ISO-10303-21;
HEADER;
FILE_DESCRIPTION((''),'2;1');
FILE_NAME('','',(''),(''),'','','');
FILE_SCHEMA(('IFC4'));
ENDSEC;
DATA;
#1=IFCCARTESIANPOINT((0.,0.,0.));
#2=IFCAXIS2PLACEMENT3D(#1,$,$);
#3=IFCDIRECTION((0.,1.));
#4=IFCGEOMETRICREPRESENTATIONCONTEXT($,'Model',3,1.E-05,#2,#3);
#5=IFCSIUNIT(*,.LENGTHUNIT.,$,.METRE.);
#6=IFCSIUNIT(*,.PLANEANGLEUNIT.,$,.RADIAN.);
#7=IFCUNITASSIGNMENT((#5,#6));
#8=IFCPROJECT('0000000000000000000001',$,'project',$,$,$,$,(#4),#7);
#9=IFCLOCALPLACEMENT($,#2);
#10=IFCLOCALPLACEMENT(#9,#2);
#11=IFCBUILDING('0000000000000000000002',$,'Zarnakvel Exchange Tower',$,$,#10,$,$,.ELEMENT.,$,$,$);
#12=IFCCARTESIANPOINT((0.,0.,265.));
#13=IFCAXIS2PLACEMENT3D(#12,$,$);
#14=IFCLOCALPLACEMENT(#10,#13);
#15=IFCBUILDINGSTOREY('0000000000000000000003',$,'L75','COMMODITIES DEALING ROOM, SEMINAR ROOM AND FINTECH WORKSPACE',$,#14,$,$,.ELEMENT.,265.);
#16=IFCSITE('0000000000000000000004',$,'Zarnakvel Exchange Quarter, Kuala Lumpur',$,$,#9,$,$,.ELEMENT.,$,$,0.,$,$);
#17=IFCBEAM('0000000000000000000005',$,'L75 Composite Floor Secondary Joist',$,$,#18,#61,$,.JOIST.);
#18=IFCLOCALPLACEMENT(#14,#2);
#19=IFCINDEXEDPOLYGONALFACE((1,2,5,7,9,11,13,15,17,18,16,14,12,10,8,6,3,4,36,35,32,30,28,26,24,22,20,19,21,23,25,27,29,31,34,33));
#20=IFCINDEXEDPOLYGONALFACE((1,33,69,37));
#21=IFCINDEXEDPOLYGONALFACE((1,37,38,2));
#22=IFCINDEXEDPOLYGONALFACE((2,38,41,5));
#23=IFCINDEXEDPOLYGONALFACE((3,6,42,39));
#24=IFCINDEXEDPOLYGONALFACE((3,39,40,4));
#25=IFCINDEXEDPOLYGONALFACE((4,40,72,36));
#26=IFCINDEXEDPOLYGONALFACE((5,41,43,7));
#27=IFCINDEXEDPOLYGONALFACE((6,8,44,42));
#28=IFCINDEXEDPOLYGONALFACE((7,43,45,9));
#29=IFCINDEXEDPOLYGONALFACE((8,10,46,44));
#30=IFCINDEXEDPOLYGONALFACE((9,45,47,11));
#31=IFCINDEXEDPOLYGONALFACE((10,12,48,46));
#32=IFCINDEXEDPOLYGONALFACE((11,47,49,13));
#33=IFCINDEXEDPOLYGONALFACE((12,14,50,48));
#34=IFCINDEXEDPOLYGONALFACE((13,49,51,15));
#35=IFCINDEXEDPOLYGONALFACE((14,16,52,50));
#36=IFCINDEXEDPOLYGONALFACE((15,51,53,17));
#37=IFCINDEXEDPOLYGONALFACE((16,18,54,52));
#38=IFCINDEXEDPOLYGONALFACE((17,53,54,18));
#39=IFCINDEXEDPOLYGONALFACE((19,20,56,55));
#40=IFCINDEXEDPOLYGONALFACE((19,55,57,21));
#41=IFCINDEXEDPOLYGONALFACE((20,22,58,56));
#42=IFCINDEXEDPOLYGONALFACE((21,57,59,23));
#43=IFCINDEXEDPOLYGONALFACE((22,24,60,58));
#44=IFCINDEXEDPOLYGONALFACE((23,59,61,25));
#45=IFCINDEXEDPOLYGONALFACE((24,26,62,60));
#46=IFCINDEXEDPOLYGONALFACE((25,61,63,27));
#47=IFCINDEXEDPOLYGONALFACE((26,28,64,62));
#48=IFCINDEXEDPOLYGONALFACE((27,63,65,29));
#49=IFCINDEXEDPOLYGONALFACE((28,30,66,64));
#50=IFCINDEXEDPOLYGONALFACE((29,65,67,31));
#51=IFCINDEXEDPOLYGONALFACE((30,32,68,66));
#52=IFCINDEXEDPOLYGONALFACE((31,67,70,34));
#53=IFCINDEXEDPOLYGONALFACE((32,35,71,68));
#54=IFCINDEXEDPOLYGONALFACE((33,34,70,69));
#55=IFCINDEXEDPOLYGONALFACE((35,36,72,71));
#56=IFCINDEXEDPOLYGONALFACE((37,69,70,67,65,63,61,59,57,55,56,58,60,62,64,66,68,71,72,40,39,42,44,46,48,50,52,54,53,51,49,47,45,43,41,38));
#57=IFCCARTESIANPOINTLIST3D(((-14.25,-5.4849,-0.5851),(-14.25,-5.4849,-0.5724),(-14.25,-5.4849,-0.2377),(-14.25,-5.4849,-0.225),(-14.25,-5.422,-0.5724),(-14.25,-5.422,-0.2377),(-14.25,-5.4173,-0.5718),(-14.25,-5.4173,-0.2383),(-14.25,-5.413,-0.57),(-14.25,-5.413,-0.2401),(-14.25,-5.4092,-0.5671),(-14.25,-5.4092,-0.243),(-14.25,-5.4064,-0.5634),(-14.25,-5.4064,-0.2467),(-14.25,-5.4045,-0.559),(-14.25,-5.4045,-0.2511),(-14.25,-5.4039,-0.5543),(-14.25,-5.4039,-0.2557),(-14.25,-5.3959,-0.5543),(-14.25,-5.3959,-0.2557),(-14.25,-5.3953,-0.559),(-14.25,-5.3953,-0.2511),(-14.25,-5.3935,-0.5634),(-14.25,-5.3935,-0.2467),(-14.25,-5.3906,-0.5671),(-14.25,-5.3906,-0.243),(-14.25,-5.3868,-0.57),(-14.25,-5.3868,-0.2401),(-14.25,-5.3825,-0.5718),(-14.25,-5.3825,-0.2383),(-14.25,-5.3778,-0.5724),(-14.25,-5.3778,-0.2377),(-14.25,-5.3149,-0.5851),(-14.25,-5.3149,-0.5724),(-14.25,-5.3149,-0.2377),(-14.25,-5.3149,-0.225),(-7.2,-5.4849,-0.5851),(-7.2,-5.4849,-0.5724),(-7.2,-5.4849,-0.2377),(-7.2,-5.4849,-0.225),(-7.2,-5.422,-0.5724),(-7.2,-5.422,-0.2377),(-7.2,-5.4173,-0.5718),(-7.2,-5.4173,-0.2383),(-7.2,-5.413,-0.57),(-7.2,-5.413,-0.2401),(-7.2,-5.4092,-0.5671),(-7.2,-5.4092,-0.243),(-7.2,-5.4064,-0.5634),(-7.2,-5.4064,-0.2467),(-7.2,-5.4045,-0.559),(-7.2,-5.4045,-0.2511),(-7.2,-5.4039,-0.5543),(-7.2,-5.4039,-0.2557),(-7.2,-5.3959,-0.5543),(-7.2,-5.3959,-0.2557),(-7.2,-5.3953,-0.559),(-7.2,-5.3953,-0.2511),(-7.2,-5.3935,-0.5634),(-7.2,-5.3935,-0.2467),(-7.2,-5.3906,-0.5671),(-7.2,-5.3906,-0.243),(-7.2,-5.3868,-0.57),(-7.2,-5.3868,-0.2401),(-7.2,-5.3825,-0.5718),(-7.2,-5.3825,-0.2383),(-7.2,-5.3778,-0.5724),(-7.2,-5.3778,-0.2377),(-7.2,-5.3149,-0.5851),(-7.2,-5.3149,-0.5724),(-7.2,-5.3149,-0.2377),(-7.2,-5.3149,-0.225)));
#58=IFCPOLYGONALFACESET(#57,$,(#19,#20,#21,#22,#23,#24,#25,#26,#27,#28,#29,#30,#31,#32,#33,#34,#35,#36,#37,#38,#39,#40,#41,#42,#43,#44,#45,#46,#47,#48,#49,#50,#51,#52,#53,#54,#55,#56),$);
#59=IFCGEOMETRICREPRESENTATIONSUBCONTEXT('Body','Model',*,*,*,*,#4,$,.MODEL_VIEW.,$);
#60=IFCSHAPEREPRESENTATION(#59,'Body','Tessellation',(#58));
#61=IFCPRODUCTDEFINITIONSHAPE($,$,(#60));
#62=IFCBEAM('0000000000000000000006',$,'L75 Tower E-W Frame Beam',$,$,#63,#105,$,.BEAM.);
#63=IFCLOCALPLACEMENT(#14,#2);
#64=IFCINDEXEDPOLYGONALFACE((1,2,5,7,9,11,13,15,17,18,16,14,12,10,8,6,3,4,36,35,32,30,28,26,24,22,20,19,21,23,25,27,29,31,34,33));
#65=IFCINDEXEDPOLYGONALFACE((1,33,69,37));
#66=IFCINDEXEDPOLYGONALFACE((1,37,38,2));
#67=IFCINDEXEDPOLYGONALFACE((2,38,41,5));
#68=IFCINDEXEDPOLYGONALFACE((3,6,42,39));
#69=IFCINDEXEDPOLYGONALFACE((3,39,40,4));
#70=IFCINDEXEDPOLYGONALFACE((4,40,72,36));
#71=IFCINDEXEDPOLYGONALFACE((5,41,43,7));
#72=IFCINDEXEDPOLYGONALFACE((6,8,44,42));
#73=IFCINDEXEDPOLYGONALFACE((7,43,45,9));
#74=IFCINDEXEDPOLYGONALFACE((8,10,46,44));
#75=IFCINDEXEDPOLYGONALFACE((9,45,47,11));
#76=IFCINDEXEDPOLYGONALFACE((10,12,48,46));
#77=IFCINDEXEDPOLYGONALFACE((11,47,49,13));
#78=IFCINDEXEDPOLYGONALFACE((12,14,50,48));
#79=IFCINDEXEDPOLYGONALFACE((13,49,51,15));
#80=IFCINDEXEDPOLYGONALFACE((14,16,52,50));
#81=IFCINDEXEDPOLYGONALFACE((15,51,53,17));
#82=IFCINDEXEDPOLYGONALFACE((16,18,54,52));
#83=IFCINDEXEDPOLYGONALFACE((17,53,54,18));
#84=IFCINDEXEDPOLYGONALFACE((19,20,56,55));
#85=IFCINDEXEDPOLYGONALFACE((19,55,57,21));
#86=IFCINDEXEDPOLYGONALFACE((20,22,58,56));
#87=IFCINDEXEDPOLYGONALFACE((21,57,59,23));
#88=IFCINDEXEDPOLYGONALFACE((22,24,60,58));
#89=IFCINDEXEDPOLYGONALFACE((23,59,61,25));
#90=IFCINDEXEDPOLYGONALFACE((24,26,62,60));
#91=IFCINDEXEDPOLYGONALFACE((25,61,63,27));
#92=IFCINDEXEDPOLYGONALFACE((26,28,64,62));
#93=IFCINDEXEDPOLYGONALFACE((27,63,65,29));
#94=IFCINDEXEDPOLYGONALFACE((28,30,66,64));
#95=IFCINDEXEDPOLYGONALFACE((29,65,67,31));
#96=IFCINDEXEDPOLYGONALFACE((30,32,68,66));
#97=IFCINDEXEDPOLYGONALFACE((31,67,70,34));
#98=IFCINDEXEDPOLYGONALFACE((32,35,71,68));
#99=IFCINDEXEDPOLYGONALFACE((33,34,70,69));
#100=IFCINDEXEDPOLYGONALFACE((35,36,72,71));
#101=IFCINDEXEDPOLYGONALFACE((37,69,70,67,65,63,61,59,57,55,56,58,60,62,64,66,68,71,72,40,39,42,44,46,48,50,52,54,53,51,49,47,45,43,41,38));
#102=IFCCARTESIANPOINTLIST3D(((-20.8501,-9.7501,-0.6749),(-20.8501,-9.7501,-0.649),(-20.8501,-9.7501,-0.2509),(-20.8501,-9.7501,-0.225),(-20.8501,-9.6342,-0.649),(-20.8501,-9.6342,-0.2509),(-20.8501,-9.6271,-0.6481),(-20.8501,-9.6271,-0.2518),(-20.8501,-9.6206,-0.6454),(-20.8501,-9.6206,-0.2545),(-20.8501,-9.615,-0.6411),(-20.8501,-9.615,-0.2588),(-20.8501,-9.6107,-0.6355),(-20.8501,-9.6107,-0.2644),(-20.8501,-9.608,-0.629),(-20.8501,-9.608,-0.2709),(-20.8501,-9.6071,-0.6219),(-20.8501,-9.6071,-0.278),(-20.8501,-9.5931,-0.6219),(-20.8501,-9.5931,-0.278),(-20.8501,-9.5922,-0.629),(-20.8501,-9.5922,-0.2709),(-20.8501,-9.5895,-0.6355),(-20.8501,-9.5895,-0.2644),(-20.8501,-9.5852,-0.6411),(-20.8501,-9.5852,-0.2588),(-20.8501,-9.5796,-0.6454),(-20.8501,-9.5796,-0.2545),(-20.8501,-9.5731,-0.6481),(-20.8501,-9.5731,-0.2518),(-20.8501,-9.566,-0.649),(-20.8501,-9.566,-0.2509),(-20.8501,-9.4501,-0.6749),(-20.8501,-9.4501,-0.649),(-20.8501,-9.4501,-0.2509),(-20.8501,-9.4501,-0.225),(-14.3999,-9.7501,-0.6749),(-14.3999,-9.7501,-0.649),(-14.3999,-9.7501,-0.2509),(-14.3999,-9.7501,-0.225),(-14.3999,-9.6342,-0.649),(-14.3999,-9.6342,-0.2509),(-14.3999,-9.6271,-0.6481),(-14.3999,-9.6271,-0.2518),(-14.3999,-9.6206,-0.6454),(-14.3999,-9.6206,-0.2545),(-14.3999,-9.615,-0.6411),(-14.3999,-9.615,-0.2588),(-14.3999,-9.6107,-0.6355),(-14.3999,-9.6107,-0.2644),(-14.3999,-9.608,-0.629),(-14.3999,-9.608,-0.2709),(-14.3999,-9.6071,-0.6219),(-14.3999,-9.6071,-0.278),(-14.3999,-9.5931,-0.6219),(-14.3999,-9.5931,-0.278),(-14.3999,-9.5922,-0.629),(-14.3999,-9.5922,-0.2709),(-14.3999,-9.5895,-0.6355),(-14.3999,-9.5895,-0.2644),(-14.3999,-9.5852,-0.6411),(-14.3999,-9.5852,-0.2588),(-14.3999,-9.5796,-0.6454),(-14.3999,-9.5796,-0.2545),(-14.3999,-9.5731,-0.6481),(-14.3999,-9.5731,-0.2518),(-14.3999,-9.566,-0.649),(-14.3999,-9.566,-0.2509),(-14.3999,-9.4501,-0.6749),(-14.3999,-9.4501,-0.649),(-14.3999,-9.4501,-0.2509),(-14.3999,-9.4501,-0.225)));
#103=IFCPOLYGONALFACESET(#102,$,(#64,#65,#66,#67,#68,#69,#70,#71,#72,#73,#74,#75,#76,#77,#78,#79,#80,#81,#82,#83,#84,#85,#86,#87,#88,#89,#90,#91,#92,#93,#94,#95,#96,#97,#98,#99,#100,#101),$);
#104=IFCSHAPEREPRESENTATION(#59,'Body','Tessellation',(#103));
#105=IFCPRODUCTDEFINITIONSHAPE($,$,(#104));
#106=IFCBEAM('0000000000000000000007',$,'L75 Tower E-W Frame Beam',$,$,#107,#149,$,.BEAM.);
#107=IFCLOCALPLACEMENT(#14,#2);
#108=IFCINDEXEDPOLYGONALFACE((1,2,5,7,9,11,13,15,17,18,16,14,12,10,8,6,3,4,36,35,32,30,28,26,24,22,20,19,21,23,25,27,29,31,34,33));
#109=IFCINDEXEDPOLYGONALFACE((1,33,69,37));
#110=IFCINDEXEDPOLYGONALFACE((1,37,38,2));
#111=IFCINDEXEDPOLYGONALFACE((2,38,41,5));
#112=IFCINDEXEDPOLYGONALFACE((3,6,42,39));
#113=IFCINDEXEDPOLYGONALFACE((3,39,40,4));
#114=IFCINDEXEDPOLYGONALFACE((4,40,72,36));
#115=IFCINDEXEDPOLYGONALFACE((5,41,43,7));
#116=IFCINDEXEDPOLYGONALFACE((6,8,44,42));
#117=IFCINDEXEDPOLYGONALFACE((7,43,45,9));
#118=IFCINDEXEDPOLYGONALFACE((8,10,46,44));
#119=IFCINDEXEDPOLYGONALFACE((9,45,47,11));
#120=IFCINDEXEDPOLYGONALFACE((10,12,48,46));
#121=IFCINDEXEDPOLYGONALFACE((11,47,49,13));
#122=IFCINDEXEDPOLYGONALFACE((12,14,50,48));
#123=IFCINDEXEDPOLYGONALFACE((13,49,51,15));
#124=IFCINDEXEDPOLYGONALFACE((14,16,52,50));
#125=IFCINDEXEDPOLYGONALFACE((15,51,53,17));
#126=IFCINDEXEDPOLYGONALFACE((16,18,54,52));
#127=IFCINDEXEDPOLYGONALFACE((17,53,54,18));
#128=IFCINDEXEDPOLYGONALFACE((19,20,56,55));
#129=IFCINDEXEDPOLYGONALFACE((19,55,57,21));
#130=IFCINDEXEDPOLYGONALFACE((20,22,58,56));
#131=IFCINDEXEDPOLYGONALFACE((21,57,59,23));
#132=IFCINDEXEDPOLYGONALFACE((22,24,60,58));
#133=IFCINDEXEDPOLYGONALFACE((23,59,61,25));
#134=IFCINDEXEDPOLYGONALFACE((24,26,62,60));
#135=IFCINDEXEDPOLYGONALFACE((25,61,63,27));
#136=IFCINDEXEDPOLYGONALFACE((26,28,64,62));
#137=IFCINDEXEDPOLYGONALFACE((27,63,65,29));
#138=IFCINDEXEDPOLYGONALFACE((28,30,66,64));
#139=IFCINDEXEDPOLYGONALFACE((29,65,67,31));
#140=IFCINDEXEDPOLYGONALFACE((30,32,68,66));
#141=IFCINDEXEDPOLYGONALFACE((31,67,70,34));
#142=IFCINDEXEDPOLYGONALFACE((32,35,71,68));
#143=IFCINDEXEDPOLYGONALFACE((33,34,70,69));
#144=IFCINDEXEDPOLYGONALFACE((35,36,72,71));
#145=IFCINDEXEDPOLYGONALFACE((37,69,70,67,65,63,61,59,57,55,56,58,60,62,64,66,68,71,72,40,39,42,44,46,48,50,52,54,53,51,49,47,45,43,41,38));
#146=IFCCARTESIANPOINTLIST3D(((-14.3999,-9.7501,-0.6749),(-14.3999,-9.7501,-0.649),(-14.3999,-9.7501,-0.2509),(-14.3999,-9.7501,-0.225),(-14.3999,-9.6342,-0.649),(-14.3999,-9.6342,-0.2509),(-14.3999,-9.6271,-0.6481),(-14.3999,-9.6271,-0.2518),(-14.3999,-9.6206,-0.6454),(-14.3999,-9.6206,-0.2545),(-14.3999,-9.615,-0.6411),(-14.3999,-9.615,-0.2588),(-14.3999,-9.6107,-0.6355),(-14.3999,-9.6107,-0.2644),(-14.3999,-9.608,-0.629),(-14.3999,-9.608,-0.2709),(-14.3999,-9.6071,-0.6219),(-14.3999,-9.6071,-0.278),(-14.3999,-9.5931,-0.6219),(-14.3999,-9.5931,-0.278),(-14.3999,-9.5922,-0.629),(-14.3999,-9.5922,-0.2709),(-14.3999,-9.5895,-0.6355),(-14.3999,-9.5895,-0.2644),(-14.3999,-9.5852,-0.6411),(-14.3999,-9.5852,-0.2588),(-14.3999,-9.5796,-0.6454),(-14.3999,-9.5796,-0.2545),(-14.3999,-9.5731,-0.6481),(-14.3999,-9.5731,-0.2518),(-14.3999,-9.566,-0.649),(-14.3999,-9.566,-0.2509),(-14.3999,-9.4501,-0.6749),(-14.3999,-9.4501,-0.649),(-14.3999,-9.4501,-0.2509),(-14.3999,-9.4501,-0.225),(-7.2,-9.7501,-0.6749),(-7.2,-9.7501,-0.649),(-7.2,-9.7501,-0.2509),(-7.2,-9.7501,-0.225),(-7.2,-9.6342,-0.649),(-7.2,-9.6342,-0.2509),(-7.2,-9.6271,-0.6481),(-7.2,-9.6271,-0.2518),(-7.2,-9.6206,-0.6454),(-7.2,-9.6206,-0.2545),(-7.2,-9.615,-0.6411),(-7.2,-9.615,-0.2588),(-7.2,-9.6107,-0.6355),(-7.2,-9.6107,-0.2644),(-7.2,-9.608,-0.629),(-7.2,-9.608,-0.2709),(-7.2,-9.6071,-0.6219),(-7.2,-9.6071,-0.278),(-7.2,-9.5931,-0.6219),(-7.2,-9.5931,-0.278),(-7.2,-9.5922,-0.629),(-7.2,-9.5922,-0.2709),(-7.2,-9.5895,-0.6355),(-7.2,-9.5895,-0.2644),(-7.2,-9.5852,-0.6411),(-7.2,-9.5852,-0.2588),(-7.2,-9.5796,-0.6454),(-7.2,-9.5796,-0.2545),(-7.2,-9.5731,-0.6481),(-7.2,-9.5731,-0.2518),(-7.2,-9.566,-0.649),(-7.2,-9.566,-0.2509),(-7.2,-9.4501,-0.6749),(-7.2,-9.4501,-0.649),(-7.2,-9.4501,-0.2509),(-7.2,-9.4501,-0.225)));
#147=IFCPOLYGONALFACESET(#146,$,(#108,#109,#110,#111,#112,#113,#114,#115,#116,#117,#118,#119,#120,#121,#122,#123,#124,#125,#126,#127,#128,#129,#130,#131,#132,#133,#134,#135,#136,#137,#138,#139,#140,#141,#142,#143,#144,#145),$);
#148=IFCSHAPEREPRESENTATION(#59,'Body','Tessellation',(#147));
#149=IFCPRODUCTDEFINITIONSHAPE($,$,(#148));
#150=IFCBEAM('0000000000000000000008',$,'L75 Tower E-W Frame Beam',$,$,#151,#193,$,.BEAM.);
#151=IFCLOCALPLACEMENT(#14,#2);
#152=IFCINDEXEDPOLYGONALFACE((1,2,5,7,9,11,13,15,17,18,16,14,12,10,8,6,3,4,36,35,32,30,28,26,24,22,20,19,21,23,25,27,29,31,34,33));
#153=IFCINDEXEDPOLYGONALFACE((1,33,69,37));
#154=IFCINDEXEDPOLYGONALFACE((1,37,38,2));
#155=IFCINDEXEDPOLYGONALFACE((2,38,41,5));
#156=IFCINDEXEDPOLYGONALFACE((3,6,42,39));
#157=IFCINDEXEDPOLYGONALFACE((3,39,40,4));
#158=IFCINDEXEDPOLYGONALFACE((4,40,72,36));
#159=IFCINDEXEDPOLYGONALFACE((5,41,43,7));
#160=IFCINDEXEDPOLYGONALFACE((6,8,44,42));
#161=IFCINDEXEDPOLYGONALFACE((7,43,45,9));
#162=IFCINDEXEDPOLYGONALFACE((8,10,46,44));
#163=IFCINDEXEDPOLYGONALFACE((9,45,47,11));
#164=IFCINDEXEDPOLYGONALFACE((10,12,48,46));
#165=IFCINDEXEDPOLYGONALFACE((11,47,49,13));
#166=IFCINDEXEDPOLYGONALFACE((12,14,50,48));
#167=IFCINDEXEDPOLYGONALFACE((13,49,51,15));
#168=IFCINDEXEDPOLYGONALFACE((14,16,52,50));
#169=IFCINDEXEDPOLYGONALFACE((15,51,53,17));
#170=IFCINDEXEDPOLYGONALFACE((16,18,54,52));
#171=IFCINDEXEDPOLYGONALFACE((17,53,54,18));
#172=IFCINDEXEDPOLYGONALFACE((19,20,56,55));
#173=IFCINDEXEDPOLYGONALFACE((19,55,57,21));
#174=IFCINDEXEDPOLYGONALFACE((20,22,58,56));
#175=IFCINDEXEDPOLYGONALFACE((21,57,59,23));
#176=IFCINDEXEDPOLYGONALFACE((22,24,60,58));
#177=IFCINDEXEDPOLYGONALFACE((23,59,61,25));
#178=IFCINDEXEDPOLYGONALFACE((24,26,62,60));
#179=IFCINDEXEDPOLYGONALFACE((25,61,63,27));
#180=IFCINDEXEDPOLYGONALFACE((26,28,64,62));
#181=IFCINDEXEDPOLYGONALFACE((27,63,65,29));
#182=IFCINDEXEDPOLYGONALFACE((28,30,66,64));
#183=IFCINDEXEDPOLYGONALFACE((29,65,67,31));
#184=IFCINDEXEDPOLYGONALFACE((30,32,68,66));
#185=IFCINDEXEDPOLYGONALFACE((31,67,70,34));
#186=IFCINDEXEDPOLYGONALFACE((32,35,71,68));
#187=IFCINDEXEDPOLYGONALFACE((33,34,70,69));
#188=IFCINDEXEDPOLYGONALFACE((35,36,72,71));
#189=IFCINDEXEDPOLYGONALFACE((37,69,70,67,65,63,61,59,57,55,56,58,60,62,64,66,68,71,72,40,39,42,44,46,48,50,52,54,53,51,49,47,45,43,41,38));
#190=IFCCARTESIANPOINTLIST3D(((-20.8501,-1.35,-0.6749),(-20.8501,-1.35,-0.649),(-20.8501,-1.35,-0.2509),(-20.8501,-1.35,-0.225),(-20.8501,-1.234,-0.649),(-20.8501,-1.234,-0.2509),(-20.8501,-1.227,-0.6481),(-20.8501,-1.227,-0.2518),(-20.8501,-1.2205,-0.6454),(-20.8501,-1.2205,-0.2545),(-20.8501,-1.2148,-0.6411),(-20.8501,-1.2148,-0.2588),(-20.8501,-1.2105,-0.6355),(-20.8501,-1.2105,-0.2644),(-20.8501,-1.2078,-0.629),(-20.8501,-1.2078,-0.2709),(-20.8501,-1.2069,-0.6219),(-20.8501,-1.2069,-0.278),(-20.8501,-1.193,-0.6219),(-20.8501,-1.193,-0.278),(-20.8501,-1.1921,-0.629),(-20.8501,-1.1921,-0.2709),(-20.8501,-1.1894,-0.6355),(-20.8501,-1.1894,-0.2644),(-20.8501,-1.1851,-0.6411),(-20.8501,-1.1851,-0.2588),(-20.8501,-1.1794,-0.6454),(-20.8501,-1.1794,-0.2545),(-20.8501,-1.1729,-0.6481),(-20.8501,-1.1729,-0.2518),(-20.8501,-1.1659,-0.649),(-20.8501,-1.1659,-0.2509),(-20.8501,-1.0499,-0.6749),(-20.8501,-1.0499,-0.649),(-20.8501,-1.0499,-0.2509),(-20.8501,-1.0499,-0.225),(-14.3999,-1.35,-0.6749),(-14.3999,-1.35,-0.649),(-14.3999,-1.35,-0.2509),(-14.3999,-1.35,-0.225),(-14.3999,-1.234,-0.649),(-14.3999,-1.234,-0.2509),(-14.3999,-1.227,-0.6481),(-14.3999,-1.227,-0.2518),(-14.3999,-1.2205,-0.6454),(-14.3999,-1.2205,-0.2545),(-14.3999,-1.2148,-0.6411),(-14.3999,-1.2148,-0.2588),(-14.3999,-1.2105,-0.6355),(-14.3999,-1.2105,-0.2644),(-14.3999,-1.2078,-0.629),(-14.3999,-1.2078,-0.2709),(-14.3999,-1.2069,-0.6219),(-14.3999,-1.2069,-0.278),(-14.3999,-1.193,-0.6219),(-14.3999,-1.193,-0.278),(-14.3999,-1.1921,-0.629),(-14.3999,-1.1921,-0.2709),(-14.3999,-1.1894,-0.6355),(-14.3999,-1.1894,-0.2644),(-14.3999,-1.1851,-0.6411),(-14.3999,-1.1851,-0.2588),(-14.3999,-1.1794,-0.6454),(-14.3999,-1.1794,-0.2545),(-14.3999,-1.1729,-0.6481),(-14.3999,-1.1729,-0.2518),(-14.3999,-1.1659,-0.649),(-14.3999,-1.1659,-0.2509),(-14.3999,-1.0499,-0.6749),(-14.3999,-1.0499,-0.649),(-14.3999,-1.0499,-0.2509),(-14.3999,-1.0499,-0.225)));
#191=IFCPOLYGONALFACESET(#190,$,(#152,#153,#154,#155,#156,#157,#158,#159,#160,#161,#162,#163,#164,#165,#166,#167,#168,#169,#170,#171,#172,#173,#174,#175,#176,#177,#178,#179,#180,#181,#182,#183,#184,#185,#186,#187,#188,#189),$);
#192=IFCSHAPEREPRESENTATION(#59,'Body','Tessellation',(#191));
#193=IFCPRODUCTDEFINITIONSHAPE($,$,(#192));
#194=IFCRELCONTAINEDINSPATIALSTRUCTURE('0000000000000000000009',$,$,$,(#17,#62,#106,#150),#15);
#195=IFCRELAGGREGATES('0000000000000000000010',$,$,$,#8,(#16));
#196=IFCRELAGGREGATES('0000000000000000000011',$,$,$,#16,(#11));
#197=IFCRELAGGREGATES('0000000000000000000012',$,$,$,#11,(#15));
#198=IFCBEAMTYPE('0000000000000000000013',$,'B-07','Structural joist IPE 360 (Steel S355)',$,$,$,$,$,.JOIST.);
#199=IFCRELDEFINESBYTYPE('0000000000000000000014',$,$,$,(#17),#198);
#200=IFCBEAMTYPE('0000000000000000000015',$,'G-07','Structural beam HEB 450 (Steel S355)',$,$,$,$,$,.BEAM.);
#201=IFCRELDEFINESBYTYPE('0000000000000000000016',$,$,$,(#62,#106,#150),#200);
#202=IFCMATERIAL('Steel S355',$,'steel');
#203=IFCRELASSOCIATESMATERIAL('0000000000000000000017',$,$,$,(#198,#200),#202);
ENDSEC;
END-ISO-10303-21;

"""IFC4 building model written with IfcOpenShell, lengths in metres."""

from ifc_helpers import new_model, si_unit, direction, frame, origin, origin_2d, place, context, subcontext, project, spatial, i_section, extrude, material, material_profile, profile_set, type_object, element, save


model = new_model("IFC4")

# Units and contexts
model_context = context("Model", 3, precision=1e-05, world=origin(), true_north=direction((0.0, 1.0)))
body_context = subcontext(model_context, "Body", "Model", "MODEL_VIEW")
ifc_project = project(units=[si_unit("LENGTHUNIT", "METRE"), si_unit("PLANEANGLEUNIT", "RADIAN")], contexts=[model_context])

# Site, building, storey
site_placement = place(None, origin())
site = spatial("IfcSite", under=ifc_project, at=site_placement, Name="Zarnakvel Exchange Quarter, Kuala Lumpur", CompositionType="ELEMENT", RefElevation=0.0)
building_placement = place(site_placement, origin())
building = spatial("IfcBuilding", under=site, at=building_placement, Name="Zarnakvel Exchange Tower", CompositionType="ELEMENT")
storey_placement = place(building_placement, frame((0.0, 0.0, 265.0)))
storey = spatial("IfcBuildingStorey", under=building, at=storey_placement, Name="L75", Description="COMMODITIES DEALING ROOM, SEMINAR ROOM AND FINTECH WORKSPACE", CompositionType="ELEMENT", Elevation=265.0)

# Shared definitions
ifc_material_1 = material(Name="Steel S355", Category="steel")

# Beams
ifc_material_profile_1 = material_profile(ifc_material_1, i_section(OverallWidth=0.1699, OverallDepth=0.3601, WebThickness=0.0081, FlangeThickness=0.0127, FilletRadius=0.0181, at=origin_2d()))
ifc_profile_set_1 = profile_set([ifc_material_profile_1], Name="Steel S355")
beam_type_1 = type_object("IfcBeamType", Name="B-07", Description="Structural joist IPE 360 (Steel S355)", PredefinedType="JOIST", material=ifc_profile_set_1)
beam_1_placement = place(storey_placement, frame((-14.25, -5.3999, -0.405), z_axis=(1.0, 0.0, 0.0), x_axis=(0.0, 1.0, 0.0)))
element("IfcBeam", 1, at=beam_1_placement, inside=storey, type_object=beam_type_1, Name="L75 Composite Floor Secondary Joist", PredefinedType="JOIST", context=body_context, shape_type="SweptSolid", body=[
    extrude(i_section(OverallWidth=0.1699, OverallDepth=0.3601, WebThickness=0.0081, FlangeThickness=0.0127, FilletRadius=0.0181, at=origin_2d()), origin(), (0.0, 0.0, 1.0), 7.05),
])
ifc_material_profile_2 = material_profile(ifc_material_1, i_section(OverallWidth=0.3, OverallDepth=0.45, WebThickness=0.0139, FlangeThickness=0.0259, FilletRadius=0.0271, at=origin_2d()))
ifc_profile_set_2 = profile_set([ifc_material_profile_2], Name="Steel S355")
beam_type_2 = type_object("IfcBeamType", Name="G-07", Description="Structural beam HEB 450 (Steel S355)", PredefinedType="BEAM", material=ifc_profile_set_2)
beam_2_placement = place(storey_placement, frame((-20.8501, -9.6001, -0.45), z_axis=(1.0, 0.0, 0.0), x_axis=(0.0, 1.0, 0.0)))
element("IfcBeam", 2, at=beam_2_placement, inside=storey, type_object=beam_type_2, Name="L75 Tower E-W Frame Beam", PredefinedType="BEAM", context=body_context, shape_type="SweptSolid", body=[
    extrude(i_section(OverallWidth=0.3, OverallDepth=0.45, WebThickness=0.0139, FlangeThickness=0.0259, FilletRadius=0.0271, at=origin_2d()), origin(), (0.0, 0.0, 1.0), 6.4502),
])
beam_3_placement = place(storey_placement, frame((-14.3999, -9.6001, -0.45), z_axis=(1.0, 0.0, 0.0), x_axis=(0.0, 1.0, 0.0)))
element("IfcBeam", 3, at=beam_3_placement, inside=storey, type_object=beam_type_2, Name="L75 Tower E-W Frame Beam", PredefinedType="BEAM", context=body_context, shape_type="SweptSolid", body=[
    extrude(i_section(OverallWidth=0.3, OverallDepth=0.45, WebThickness=0.0139, FlangeThickness=0.0259, FilletRadius=0.0271, at=origin_2d()), origin(), (0.0, 0.0, 1.0), 7.2),
])
beam_4_placement = place(storey_placement, frame((-20.8501, -1.2, -0.45), z_axis=(1.0, 0.0, 0.0), x_axis=(0.0, 1.0, 0.0)))
element("IfcBeam", 4, at=beam_4_placement, inside=storey, type_object=beam_type_2, Name="L75 Tower E-W Frame Beam", PredefinedType="BEAM", context=body_context, shape_type="SweptSolid", body=[
    extrude(i_section(OverallWidth=0.3, OverallDepth=0.45, WebThickness=0.0139, FlangeThickness=0.0259, FilletRadius=0.0271, at=origin_2d()), origin(), (0.0, 0.0, 1.0), 6.4502),
])

save(model, "model.ifc")
